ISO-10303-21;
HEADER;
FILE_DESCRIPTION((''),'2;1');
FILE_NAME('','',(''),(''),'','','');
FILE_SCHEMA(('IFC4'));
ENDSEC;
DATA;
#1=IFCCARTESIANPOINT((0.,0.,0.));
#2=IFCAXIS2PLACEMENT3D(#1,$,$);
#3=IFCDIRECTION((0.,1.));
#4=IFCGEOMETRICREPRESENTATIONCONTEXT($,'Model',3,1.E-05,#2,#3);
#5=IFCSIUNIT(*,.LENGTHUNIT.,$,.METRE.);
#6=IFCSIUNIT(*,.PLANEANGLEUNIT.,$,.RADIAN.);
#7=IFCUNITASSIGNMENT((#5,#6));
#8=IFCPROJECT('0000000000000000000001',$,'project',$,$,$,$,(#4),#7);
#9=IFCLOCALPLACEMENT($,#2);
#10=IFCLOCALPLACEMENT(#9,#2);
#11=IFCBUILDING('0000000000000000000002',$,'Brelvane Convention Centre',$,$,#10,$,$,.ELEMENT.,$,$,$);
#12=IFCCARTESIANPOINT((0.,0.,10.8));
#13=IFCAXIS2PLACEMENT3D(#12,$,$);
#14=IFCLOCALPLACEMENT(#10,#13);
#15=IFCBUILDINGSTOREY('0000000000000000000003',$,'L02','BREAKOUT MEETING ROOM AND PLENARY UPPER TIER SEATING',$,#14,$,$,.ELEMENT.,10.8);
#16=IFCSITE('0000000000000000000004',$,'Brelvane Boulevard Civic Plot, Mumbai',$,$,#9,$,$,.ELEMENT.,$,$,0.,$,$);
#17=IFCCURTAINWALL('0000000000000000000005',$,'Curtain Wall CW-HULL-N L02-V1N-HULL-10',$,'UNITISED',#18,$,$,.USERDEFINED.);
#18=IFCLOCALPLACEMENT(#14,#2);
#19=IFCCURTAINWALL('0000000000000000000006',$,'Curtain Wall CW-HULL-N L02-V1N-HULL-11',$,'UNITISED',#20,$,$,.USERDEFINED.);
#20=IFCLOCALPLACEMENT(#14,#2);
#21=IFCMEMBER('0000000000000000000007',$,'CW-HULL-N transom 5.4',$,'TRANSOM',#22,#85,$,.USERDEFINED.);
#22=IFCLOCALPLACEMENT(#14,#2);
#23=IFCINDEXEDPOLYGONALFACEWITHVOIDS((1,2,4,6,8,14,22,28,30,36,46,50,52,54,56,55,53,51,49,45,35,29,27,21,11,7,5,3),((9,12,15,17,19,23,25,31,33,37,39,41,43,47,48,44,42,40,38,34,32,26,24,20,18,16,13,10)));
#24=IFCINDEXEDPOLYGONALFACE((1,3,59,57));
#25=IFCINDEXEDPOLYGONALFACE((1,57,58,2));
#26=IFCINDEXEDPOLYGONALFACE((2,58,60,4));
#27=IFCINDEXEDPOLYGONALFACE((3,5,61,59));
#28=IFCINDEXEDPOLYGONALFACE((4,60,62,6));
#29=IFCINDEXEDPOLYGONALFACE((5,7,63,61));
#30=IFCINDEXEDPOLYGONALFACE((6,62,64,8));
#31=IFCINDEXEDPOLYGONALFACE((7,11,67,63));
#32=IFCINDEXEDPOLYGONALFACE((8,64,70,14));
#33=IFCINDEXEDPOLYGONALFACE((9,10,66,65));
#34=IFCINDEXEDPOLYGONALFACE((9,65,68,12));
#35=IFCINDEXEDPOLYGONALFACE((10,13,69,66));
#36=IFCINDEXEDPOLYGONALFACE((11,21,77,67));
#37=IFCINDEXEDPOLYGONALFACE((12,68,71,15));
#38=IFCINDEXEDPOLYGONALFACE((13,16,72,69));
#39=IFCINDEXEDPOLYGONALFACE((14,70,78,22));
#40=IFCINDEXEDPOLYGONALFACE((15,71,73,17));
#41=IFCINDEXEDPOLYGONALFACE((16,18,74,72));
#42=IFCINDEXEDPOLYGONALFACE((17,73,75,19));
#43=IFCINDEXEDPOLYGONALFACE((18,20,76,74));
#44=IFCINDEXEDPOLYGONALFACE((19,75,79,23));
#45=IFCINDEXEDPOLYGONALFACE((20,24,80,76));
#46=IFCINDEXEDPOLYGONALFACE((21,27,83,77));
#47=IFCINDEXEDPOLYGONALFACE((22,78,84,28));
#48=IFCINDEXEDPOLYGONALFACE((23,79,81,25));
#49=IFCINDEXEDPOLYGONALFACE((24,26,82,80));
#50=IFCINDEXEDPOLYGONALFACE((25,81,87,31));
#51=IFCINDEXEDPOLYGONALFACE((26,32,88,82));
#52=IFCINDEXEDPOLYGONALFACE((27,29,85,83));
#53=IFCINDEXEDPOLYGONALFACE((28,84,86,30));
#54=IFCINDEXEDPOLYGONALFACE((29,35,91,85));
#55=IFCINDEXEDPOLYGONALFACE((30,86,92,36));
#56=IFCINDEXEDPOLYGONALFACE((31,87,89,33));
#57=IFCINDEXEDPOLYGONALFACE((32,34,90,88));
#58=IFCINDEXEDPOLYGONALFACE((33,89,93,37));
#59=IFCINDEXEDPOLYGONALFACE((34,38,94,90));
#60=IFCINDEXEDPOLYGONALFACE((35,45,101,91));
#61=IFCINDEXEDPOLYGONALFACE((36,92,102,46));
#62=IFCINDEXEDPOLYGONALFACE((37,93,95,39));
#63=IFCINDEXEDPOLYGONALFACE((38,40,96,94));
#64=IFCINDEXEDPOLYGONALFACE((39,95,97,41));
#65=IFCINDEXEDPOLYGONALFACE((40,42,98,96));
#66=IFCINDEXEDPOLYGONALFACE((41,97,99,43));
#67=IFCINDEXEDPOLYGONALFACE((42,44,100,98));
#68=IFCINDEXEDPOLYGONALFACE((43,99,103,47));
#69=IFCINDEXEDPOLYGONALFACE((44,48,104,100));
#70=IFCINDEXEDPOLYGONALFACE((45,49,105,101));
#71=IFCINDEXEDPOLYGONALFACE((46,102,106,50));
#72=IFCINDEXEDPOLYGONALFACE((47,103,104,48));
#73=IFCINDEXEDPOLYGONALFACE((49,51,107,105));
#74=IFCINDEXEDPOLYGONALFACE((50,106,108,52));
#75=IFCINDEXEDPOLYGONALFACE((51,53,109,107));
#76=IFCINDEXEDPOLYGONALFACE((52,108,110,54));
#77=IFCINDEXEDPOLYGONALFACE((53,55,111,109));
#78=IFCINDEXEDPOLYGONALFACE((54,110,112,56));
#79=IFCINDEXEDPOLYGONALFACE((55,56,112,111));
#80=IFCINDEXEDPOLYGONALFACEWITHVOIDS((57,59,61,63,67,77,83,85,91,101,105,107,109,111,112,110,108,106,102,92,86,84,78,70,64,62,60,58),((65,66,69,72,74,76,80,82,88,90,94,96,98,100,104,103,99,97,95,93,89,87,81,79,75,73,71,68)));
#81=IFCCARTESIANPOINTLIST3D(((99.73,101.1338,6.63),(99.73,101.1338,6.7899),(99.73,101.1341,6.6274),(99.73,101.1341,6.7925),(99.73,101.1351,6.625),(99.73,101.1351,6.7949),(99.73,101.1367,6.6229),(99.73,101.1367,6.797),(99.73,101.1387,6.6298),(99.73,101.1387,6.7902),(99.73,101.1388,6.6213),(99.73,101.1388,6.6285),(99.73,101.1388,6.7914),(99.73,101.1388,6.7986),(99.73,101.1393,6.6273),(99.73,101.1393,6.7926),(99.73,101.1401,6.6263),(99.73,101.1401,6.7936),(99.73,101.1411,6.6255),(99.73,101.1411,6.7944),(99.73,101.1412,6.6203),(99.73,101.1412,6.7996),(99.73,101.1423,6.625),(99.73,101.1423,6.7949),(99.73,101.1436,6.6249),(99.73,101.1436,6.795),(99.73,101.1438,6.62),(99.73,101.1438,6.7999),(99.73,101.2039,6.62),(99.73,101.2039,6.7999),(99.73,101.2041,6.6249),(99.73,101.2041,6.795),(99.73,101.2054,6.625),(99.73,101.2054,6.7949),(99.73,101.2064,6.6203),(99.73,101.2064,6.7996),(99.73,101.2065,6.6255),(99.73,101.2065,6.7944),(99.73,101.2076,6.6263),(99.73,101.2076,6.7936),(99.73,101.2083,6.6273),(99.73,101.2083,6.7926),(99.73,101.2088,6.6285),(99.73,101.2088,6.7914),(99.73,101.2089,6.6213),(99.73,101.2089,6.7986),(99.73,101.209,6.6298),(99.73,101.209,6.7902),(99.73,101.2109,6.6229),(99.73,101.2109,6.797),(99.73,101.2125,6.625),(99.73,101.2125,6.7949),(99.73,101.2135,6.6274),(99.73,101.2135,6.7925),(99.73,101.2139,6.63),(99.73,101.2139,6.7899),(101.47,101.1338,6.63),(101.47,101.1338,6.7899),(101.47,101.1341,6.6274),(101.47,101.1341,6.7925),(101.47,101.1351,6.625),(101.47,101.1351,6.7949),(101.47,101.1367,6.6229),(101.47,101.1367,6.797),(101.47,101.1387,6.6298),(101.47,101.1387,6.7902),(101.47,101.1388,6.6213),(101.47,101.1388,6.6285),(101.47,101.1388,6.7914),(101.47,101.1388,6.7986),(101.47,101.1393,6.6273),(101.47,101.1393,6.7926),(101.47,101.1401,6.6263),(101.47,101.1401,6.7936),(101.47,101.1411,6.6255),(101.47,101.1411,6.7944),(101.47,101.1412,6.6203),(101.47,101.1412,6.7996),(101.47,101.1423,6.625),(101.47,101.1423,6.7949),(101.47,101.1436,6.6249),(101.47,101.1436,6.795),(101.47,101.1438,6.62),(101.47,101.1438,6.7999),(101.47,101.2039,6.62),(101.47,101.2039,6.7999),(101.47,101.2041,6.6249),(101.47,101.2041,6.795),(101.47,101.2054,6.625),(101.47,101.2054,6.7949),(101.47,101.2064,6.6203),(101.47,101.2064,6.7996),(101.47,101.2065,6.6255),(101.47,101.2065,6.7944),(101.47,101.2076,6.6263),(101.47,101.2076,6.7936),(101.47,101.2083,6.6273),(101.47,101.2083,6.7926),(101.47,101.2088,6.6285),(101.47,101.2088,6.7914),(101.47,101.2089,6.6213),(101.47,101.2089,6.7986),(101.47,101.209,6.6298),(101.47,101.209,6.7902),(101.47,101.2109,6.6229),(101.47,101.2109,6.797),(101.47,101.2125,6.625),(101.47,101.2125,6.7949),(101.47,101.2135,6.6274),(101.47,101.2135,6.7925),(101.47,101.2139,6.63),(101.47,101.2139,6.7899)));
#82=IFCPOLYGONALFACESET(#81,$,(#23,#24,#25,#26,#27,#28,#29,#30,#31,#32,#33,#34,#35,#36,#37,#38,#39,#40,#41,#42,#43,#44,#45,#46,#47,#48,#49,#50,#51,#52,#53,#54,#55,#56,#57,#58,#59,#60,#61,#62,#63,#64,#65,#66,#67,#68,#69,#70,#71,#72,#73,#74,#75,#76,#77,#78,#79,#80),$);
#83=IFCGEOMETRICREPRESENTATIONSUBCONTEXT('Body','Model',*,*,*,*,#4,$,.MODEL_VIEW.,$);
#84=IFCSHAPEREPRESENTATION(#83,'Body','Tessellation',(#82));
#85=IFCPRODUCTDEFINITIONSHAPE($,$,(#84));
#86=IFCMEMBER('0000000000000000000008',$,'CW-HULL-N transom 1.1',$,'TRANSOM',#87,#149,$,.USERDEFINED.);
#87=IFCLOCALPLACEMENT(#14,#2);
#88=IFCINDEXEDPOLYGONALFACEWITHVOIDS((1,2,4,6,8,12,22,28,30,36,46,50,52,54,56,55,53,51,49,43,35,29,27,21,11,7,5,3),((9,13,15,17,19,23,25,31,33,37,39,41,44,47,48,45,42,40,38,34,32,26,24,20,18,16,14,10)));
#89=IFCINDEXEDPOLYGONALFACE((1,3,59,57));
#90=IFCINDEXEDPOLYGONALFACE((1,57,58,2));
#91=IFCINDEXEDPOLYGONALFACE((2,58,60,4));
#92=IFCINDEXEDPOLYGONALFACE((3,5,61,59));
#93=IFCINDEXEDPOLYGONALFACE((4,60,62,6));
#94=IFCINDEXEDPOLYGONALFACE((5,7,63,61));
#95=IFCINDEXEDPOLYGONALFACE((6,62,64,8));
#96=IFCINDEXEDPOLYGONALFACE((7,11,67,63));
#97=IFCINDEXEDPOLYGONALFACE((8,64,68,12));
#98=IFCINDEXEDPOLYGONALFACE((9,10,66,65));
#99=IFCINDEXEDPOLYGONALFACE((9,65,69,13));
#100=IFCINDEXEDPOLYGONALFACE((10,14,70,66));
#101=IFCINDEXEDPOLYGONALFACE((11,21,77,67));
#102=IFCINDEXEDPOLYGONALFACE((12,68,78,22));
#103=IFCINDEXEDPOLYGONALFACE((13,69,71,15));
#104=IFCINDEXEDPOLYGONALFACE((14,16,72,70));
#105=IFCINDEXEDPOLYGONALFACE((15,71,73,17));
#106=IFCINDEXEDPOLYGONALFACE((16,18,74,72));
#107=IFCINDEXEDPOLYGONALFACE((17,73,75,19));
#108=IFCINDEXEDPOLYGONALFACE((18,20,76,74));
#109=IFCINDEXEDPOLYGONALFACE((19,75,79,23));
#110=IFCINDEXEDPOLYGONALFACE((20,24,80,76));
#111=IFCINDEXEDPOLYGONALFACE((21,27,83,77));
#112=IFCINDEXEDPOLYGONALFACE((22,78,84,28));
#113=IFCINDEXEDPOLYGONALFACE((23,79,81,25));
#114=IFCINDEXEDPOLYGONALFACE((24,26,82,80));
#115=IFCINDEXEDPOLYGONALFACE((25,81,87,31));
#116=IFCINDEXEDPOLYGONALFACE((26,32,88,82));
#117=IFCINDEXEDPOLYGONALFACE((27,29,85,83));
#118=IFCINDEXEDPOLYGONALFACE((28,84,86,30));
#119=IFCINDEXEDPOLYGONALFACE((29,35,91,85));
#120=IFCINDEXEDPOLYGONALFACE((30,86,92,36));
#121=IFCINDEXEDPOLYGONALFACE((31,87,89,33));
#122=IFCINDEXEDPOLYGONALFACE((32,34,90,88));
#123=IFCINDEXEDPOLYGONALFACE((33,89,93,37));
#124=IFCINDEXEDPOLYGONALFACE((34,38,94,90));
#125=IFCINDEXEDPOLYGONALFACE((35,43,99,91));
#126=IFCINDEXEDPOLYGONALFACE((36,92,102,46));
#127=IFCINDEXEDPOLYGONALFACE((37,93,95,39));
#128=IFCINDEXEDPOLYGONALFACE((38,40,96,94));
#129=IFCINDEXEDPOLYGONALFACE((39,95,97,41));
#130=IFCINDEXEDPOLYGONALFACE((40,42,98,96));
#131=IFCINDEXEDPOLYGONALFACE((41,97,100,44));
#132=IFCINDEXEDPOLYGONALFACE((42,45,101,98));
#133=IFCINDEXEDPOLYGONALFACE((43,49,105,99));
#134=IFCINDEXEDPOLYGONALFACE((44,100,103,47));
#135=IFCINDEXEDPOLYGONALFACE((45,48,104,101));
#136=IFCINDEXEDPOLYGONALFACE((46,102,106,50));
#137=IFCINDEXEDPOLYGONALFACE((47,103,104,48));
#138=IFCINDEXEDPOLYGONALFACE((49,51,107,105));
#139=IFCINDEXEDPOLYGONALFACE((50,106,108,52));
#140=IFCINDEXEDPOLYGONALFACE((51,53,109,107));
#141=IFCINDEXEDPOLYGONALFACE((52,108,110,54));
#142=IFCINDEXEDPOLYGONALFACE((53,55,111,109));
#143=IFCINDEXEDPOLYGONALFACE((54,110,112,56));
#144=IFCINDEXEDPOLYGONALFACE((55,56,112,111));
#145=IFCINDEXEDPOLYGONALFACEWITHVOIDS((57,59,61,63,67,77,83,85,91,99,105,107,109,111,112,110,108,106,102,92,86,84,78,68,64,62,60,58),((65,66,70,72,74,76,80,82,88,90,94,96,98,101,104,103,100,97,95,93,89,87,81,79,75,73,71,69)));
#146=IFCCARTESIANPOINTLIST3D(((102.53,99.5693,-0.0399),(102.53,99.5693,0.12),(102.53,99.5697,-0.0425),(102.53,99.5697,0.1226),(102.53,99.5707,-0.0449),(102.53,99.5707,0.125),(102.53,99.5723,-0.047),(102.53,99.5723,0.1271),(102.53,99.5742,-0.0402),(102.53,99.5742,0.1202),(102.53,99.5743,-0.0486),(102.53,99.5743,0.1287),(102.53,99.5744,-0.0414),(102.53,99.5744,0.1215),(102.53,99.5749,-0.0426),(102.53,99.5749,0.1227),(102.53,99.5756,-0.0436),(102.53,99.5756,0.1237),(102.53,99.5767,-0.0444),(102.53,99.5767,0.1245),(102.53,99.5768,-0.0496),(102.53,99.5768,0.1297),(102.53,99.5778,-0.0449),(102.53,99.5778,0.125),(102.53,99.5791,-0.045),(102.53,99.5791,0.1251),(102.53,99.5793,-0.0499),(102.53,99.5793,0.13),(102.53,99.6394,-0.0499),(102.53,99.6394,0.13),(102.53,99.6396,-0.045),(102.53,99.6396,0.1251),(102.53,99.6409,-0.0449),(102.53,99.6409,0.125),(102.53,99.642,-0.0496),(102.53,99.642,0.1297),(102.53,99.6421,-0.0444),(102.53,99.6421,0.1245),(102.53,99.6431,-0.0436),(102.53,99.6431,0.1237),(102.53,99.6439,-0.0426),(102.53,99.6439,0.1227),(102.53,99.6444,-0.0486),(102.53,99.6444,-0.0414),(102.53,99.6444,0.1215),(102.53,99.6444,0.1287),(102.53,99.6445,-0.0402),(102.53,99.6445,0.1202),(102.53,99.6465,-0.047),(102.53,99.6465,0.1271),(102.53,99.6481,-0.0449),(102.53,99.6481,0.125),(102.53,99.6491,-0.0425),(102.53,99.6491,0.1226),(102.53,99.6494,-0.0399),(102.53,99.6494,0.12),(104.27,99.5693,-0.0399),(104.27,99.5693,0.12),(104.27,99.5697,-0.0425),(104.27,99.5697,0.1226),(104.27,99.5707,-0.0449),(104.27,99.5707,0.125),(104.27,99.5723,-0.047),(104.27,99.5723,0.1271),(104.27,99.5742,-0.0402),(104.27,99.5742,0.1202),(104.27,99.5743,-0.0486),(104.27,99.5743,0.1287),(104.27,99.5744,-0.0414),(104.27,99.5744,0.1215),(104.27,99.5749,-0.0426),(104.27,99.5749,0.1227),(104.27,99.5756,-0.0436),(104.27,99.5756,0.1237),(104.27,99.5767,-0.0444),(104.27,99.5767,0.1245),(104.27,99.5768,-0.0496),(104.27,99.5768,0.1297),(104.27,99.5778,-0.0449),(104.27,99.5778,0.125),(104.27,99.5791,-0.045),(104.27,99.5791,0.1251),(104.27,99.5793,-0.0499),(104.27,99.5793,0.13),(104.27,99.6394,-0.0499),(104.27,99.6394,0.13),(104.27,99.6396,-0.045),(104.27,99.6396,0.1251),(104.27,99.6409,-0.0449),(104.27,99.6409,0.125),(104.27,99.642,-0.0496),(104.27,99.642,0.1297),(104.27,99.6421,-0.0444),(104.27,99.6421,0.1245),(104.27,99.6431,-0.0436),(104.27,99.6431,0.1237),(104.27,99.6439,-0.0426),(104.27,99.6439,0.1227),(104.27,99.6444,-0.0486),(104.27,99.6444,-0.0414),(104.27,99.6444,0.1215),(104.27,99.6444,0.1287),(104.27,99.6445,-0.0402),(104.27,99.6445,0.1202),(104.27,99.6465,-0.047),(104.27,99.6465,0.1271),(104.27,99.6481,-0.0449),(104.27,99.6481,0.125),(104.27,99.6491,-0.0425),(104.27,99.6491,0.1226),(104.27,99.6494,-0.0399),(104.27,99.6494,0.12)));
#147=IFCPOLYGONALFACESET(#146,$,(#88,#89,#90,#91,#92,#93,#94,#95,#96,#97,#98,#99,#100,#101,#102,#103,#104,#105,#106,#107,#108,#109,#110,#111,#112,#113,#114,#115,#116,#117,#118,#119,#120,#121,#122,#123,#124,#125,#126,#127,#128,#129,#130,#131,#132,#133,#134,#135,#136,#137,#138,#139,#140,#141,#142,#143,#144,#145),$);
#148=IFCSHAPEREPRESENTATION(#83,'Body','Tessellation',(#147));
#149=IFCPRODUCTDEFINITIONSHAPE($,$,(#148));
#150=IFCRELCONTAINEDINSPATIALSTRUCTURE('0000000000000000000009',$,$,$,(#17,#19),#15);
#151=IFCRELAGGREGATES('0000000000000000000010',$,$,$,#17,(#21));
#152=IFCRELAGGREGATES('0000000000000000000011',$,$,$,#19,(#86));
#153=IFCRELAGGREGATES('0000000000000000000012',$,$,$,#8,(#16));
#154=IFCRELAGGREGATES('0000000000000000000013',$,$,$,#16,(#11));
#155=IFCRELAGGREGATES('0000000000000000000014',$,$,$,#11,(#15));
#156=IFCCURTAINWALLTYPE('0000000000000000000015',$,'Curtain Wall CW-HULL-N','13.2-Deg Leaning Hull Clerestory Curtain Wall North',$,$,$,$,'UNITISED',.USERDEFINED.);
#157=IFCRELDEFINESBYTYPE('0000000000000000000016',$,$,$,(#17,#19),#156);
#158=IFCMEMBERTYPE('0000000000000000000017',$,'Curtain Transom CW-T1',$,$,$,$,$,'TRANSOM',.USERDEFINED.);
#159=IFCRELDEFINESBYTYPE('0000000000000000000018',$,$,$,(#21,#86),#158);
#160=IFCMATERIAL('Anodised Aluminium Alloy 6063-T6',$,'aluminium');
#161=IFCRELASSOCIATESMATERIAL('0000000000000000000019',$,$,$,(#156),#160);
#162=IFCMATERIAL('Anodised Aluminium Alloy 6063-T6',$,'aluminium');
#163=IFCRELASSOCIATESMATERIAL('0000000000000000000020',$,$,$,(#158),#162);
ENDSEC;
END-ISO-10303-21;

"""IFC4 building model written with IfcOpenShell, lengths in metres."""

from ifc_helpers import new_model, si_unit, direction, frame, origin, origin_2d, place, context, subcontext, project, spatial, hollow_rectangle, extrude, material, material_profile, profile_set, type_object, element, aggregate, save


model = new_model("IFC4")

# Units and contexts
model_context = context("Model", 3, precision=1e-05, world=origin(), true_north=direction((0.0, 1.0)))
body_context = subcontext(model_context, "Body", "Model", "MODEL_VIEW")
ifc_project = project(units=[si_unit("LENGTHUNIT", "METRE"), si_unit("PLANEANGLEUNIT", "RADIAN")], contexts=[model_context])

# Site, building, storey
site_placement = place(None, origin())
site = spatial("IfcSite", under=ifc_project, at=site_placement, Name="Brelvane Boulevard Civic Plot, Mumbai", CompositionType="ELEMENT", RefElevation=0.0)
building_placement = place(site_placement, origin())
building = spatial("IfcBuilding", under=site, at=building_placement, Name="Brelvane Convention Centre", CompositionType="ELEMENT")
storey_placement = place(building_placement, frame((0.0, 0.0, 10.8)))
storey = spatial("IfcBuildingStorey", under=building, at=storey_placement, Name="L02", Description="BREAKOUT MEETING ROOM AND PLENARY UPPER TIER SEATING", CompositionType="ELEMENT", Elevation=10.8)

# Curtain walls
ifc_material_1 = material(Name="Anodised Aluminium Alloy 6063-T6", Category="aluminium")
curtain_wall_type = type_object("IfcCurtainWallType", Name="Curtain Wall CW-HULL-N", Description="13.2-Deg Leaning Hull Clerestory Curtain Wall North", ElementType="UNITISED", PredefinedType="USERDEFINED", material=ifc_material_1)
curtain_wall_1_placement = place(storey_placement, origin())
curtain_wall_1 = element("IfcCurtainWall", 1, at=curtain_wall_1_placement, inside=storey, type_object=curtain_wall_type, Name="Curtain Wall CW-HULL-N L02-V1N-HULL-10", ObjectType="UNITISED", PredefinedType="USERDEFINED")
curtain_wall_2_placement = place(storey_placement, origin())
curtain_wall_2 = element("IfcCurtainWall", 2, at=curtain_wall_2_placement, inside=storey, type_object=curtain_wall_type, Name="Curtain Wall CW-HULL-N L02-V1N-HULL-11", ObjectType="UNITISED", PredefinedType="USERDEFINED")

# Members
ifc_material_2 = material(Name="Anodised Aluminium Alloy 6063-T6", Category="aluminium")
ifc_material_profile_1 = material_profile(ifc_material_2, hollow_rectangle(XDim=0.0801, YDim=0.1799, WallThickness=0.0049, InnerFilletRadius=0.0049, OuterFilletRadius=0.01, at=origin_2d()), Name="ALU-T 180x80x5.0")
ifc_profile_set_1 = profile_set([ifc_material_profile_1], Name="Anodised Aluminium Alloy 6063-T6")
member_type_1 = type_object("IfcMemberType", Name="Curtain Transom CW-T1", ElementType="TRANSOM", PredefinedType="USERDEFINED", material=ifc_profile_set_1)
member_1_placement = place(storey_placement, frame((99.73, 101.1738, 6.71), z_axis=(1.0, 0.0, 0.0), x_axis=(0.0, 1.0, 0.0)))
member_1 = element("IfcMember", 3, at=member_1_placement, type_object=member_type_1, Name="CW-HULL-N transom 5.4", ObjectType="TRANSOM", PredefinedType="USERDEFINED", context=body_context, shape_type="SweptSolid", body=[
    extrude(hollow_rectangle(XDim=0.0801, YDim=0.1799, WallThickness=0.0049, InnerFilletRadius=0.0049, OuterFilletRadius=0.01, at=origin_2d()), origin(), (0.0, 0.0, 1.0), 1.74),
])
member_2_placement = place(storey_placement, frame((102.53, 99.6094, 0.04), z_axis=(1.0, 0.0, 0.0), x_axis=(0.0, 1.0, 0.0)))
member_2 = element("IfcMember", 4, at=member_2_placement, type_object=member_type_1, Name="CW-HULL-N transom 1.1", ObjectType="TRANSOM", PredefinedType="USERDEFINED", context=body_context, shape_type="SweptSolid", body=[
    extrude(hollow_rectangle(XDim=0.0801, YDim=0.1799, WallThickness=0.0049, InnerFilletRadius=0.0049, OuterFilletRadius=0.01, at=origin_2d()), origin(), (0.0, 0.0, 1.0), 1.74),
])

aggregate(curtain_wall_1, [member_1])
aggregate(curtain_wall_2, [member_2])

save(model, "model.ifc")
